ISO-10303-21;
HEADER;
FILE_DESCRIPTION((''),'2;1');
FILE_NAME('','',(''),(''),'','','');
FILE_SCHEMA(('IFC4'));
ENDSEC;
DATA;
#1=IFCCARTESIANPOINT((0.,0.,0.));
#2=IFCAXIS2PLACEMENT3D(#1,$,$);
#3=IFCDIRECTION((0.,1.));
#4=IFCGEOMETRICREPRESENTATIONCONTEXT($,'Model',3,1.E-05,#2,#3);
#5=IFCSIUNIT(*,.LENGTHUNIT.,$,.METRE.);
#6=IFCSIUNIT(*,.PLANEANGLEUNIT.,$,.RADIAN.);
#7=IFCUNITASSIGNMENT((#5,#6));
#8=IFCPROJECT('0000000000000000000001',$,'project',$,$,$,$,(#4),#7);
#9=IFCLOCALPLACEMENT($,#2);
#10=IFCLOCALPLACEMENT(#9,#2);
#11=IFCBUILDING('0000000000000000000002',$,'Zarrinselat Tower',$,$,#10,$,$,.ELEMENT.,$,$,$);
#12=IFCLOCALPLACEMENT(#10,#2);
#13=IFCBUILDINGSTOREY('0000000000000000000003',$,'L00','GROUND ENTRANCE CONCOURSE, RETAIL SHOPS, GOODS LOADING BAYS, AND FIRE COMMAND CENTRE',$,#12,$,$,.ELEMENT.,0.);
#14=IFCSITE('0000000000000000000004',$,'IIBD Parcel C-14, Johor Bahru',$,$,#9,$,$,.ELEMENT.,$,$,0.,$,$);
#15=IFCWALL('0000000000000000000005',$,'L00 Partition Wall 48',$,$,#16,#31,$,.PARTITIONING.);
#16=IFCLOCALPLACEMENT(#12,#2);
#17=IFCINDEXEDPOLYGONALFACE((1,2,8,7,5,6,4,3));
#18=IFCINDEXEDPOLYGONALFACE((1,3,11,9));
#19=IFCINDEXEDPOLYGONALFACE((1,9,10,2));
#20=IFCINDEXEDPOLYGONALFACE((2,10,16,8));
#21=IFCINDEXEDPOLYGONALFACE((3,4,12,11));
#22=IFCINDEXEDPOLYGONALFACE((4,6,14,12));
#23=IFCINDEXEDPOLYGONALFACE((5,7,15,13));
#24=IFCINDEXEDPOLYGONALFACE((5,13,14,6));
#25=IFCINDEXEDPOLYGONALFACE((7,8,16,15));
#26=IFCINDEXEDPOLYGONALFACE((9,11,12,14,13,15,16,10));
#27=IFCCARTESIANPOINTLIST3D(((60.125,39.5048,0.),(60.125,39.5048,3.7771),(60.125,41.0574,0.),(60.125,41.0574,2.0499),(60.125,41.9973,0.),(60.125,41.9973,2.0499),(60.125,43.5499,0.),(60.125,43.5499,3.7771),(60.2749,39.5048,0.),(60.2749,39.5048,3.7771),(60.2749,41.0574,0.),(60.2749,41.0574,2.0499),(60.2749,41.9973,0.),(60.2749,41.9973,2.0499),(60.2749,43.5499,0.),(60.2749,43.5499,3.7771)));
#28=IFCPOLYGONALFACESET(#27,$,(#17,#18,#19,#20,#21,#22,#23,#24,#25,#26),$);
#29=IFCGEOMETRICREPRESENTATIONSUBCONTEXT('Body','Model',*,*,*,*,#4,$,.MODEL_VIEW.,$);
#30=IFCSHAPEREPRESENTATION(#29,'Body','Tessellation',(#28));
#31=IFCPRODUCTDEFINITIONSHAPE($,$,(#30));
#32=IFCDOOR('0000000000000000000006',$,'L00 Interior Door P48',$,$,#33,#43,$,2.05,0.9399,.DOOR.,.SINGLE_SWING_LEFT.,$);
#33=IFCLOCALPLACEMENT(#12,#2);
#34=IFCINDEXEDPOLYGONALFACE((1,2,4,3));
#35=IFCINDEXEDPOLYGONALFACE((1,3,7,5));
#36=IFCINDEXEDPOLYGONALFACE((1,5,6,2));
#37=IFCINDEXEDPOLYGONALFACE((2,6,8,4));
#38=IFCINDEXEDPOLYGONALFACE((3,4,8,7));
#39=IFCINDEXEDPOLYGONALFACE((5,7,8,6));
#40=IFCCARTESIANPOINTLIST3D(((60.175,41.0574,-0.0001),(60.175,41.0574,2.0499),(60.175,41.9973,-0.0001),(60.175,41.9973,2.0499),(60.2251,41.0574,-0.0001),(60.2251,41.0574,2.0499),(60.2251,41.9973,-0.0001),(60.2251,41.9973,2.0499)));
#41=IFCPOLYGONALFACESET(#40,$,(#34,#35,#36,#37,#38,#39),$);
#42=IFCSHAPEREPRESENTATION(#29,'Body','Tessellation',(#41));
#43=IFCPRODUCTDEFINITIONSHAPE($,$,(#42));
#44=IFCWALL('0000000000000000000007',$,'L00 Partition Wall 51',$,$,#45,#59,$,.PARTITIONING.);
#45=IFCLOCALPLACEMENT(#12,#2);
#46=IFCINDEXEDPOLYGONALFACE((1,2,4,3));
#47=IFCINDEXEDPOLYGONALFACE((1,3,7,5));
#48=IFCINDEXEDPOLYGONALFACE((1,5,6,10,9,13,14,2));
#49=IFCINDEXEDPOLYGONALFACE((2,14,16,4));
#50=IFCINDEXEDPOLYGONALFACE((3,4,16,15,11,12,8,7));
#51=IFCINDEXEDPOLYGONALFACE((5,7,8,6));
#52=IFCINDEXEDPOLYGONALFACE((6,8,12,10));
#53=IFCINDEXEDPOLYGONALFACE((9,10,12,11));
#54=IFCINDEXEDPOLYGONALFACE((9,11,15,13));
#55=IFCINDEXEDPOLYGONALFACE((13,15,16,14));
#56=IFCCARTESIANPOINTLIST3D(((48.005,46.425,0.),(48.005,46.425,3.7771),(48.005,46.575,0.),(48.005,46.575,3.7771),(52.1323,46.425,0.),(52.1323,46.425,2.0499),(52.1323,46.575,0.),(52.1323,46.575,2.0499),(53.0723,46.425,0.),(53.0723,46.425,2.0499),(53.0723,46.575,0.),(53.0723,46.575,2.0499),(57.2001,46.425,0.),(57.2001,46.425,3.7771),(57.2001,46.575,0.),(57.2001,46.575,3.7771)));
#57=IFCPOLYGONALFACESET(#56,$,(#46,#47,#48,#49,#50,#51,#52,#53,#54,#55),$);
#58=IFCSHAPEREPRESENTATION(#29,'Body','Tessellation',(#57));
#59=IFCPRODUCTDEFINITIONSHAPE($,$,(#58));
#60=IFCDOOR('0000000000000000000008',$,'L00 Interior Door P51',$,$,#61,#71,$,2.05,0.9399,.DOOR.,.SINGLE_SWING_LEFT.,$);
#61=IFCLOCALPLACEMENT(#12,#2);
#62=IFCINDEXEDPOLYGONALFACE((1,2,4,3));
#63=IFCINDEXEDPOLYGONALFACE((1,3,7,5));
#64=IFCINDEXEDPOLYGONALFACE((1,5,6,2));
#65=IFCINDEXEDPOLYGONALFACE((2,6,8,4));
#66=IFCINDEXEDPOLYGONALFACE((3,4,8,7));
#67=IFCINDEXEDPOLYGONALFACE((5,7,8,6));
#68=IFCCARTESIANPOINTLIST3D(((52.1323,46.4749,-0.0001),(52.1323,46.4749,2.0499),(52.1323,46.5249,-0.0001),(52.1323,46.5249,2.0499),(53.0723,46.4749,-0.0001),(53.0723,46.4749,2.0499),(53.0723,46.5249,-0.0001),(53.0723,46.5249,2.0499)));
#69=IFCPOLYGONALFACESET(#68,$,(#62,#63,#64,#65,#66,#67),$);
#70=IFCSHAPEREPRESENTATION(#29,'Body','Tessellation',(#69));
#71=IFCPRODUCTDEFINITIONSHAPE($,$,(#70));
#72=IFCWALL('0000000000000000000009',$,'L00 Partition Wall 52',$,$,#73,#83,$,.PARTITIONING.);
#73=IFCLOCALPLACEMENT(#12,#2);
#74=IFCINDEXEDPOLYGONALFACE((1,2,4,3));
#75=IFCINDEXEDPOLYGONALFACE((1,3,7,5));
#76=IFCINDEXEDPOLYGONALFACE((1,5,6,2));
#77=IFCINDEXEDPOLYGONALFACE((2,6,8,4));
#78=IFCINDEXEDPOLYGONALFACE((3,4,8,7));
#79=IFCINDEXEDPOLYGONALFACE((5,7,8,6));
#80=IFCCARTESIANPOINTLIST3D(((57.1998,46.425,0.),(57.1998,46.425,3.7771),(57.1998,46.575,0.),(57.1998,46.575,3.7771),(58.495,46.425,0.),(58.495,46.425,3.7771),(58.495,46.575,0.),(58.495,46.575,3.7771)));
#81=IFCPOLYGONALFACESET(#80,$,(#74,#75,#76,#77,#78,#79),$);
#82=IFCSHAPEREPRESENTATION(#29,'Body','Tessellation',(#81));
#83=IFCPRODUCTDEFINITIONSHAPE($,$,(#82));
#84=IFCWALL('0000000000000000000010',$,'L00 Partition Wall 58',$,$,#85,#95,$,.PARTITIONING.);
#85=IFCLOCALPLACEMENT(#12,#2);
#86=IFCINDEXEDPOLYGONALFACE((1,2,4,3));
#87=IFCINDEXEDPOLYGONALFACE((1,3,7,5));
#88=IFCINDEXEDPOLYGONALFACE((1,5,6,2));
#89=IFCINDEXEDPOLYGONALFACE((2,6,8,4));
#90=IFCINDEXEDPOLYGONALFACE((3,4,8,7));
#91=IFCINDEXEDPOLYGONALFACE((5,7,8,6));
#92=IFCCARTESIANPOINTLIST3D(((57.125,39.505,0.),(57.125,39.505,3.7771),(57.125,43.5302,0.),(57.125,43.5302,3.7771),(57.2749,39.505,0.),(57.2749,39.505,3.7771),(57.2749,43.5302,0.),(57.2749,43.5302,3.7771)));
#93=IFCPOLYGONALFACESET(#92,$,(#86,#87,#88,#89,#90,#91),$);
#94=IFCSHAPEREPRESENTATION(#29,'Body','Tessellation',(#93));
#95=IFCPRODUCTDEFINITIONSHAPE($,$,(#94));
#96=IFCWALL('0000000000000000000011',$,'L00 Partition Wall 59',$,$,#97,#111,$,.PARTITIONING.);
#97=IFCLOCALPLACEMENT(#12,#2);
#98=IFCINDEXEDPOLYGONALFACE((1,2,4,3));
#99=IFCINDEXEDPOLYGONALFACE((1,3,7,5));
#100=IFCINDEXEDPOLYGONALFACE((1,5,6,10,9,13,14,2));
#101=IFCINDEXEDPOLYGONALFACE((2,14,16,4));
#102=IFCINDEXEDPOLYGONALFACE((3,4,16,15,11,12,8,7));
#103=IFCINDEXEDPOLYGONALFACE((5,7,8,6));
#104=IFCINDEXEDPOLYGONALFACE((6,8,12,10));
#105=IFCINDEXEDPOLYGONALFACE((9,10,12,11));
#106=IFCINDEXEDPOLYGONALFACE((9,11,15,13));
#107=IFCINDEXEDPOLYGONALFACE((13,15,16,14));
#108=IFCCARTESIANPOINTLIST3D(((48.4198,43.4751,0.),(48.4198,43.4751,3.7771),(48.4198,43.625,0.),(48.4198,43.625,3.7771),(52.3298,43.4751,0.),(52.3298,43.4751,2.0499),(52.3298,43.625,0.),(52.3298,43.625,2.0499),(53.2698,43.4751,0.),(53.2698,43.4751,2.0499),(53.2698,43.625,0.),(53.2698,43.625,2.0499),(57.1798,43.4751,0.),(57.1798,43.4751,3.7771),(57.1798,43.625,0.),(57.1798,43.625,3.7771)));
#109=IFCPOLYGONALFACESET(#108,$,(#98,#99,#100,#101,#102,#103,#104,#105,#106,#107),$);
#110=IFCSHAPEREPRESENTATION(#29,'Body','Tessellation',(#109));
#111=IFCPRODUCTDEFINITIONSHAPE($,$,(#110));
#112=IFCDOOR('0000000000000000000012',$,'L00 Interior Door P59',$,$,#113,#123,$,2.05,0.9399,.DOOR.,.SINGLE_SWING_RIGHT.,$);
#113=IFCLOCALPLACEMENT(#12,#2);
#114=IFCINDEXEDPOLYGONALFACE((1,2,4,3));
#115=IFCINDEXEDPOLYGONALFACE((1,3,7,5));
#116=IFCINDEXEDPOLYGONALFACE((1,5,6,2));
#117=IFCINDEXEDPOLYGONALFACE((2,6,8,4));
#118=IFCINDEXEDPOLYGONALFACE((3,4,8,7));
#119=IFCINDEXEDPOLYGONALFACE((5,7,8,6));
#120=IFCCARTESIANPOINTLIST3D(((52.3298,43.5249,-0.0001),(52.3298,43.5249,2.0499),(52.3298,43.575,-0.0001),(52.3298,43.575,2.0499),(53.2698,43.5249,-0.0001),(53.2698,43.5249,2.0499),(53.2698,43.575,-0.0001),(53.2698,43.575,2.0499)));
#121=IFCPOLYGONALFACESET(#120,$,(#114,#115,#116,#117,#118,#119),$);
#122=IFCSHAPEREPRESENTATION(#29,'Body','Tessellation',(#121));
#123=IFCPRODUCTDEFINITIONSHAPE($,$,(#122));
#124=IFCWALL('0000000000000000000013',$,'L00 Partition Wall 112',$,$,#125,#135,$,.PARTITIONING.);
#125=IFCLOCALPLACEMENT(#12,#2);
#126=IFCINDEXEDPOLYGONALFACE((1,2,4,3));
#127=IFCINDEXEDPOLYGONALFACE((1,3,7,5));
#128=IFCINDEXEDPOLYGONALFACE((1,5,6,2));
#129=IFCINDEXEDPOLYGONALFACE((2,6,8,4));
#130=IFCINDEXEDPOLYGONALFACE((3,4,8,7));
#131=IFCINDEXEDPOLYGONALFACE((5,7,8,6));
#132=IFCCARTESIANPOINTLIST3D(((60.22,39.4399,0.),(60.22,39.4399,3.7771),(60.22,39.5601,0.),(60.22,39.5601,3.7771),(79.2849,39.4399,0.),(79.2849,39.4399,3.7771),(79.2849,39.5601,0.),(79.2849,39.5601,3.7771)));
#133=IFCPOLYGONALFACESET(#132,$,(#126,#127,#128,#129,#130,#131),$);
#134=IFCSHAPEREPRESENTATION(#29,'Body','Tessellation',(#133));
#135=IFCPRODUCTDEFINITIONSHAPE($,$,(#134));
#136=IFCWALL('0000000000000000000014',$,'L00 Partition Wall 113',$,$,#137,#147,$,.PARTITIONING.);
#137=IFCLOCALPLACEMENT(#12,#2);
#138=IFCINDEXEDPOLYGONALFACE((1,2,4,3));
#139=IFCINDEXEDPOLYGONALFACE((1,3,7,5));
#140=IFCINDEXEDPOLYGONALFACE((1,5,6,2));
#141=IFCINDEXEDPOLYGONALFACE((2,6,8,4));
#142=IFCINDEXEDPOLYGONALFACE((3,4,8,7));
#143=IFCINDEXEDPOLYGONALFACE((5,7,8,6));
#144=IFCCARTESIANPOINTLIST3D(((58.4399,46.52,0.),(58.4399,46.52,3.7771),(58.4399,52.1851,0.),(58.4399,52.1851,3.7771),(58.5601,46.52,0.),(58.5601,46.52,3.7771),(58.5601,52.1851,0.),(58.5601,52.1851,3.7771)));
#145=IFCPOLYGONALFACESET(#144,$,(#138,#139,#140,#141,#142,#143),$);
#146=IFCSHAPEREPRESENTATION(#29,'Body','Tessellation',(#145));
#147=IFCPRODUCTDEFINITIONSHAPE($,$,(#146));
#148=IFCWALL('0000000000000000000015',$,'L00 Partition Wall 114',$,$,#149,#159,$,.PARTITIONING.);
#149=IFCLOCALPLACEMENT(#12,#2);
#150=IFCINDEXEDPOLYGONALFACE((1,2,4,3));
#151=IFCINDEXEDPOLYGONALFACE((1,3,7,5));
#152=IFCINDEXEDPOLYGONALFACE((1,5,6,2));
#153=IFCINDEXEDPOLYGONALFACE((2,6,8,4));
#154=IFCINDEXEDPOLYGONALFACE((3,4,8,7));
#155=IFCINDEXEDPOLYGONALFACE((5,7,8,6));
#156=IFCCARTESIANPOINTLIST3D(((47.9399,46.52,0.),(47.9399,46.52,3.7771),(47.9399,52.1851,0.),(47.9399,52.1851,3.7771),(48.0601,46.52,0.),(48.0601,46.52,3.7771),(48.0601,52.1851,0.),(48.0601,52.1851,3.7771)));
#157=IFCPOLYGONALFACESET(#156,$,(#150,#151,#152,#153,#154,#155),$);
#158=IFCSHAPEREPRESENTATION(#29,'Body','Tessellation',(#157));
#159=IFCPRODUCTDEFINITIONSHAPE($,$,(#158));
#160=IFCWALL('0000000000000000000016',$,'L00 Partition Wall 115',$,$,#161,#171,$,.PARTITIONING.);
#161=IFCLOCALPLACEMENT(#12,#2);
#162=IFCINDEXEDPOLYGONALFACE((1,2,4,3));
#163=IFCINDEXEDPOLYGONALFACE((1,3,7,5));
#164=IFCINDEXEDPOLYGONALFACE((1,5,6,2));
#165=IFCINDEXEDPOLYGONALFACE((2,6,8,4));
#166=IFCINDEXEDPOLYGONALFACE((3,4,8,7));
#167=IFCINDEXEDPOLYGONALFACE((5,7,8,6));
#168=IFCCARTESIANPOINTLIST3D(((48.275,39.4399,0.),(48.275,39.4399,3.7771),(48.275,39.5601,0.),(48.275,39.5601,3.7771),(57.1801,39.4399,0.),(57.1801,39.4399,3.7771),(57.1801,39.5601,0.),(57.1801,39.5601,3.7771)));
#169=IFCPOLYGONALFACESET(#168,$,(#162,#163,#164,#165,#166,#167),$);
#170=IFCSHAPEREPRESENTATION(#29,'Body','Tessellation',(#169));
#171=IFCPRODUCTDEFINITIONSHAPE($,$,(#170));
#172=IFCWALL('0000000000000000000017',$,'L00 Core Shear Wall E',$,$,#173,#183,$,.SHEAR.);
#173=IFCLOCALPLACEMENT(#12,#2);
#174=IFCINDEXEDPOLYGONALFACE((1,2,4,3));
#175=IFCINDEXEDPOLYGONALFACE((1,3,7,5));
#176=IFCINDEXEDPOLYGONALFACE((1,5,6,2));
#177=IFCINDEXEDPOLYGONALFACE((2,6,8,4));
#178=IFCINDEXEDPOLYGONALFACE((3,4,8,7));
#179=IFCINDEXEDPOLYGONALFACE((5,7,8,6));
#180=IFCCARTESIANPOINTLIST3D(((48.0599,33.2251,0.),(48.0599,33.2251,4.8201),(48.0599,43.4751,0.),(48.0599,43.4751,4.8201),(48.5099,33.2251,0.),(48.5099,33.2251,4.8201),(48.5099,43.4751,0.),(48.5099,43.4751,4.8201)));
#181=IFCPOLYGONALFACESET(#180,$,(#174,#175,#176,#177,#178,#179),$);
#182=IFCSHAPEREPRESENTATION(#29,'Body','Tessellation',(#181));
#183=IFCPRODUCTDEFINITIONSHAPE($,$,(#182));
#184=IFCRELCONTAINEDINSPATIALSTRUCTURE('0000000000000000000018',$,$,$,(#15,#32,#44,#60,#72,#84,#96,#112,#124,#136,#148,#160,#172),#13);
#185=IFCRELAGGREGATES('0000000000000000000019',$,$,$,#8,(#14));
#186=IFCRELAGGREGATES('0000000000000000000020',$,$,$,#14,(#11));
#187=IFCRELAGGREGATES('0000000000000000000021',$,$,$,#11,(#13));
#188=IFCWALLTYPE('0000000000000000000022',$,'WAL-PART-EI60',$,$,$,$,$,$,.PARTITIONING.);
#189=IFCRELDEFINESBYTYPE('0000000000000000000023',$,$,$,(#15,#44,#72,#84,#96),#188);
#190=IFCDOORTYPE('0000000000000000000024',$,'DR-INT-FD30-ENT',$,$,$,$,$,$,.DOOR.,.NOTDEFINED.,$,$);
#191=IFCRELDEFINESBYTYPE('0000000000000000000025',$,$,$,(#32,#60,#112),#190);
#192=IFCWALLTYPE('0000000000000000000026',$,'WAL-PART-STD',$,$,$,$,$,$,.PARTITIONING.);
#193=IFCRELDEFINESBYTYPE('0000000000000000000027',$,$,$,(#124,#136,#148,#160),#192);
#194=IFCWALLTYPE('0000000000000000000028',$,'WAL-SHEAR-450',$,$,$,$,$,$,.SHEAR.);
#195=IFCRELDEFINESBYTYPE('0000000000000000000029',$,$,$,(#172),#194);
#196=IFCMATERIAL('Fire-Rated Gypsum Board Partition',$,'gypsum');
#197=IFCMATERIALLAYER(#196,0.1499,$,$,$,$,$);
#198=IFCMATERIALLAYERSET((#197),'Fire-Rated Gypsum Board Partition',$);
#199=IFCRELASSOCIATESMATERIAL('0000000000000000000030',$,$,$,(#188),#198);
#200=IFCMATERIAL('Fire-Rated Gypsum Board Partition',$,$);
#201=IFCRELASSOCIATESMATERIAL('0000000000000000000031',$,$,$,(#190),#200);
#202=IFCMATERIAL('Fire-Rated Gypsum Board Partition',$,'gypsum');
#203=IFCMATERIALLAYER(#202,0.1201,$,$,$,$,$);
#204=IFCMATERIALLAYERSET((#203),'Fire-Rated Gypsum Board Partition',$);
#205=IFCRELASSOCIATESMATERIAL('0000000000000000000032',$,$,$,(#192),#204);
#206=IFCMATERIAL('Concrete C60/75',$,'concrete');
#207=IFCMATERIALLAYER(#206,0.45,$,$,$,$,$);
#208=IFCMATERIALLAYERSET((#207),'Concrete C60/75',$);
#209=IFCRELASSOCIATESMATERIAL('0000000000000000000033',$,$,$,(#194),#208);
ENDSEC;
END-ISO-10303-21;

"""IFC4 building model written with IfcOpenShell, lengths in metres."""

from ifc_helpers import new_model, si_unit, direction, frame, frame_2d, origin, place, context, subcontext, project, spatial, rectangle, extrude, material, layer, layer_set, type_object, element, fill, save


model = new_model("IFC4")

# Units and contexts
model_context = context("Model", 3, precision=1e-05, world=origin(), true_north=direction((0.0, 1.0)))
body_context = subcontext(model_context, "Body", "Model", "MODEL_VIEW")
ifc_project = project(units=[si_unit("LENGTHUNIT", "METRE"), si_unit("PLANEANGLEUNIT", "RADIAN")], contexts=[model_context])

# Site, building, storey
site_placement = place(None, origin())
site = spatial("IfcSite", under=ifc_project, at=site_placement, Name="IIBD Parcel C-14, Johor Bahru", CompositionType="ELEMENT", RefElevation=0.0)
building_placement = place(site_placement, origin())
building = spatial("IfcBuilding", under=site, at=building_placement, Name="Zarrinselat Tower", CompositionType="ELEMENT")
storey_placement = place(building_placement, origin())
storey = spatial("IfcBuildingStorey", under=building, at=storey_placement, Name="L00", Description="GROUND ENTRANCE CONCOURSE, RETAIL SHOPS, GOODS LOADING BAYS, AND FIRE COMMAND CENTRE", CompositionType="ELEMENT", Elevation=0.0)

# Shared definitions
ifc_material_1 = material(Name="Fire-Rated Gypsum Board Partition", Category="gypsum")
ifc_layer_1 = layer(ifc_material_1, 0.1499)
ifc_layer_set_1 = layer_set([ifc_layer_1], Name="Fire-Rated Gypsum Board Partition")
wall_type_1 = type_object("IfcWallType", Name="WAL-PART-EI60", PredefinedType="PARTITIONING", material=ifc_layer_set_1)

# Walls, openings, doors
wall_1_placement = place(storey_placement, frame((60.2, 39.5049, 0.0), z_axis=(0.0, 0.0, 1.0), x_axis=(0.0, 1.0, 0.0)))
wall_1 = element("IfcWall", 1, at=wall_1_placement, inside=storey, type_object=wall_type_1, Name="L00 Partition Wall 48", PredefinedType="PARTITIONING", context=body_context, shape_type="SweptSolid", body=[
    extrude(rectangle(XDim=4.0452, YDim=0.1499, at=frame_2d((2.0225, 0.0))), origin(), (0.0, 0.0, 1.0), 3.7771),
])
opening_1_placement = place(wall_1_placement, frame((1.5525, 0.0, 0.0)))
opening_1 = element("IfcOpeningElement", 2, at=opening_1_placement, cuts=wall_1, PredefinedType="OPENING", context=body_context, shape_type="SweptSolid", body=[
    extrude(rectangle(XDim=0.9399, YDim=2.05, at=frame_2d((0.47, 1.0249))), frame((0.0, 0.085, 0.0), z_axis=(0.0, -1.0, 0.0), x_axis=(1.0, 0.0, 0.0)), (0.0, 0.0, 1.0), 0.1699),
])
ifc_material_2 = material(Name="Fire-Rated Gypsum Board Partition")
door_type = type_object("IfcDoorType", Name="DR-INT-FD30-ENT", OperationType="NOTDEFINED", PredefinedType="DOOR", material=ifc_material_2)
door_1_placement = place(opening_1_placement, origin())
door_1 = element("IfcDoor", 3, at=door_1_placement, inside=storey, type_object=door_type, Name="L00 Interior Door P48", OperationType="SINGLE_SWING_LEFT", OverallHeight=2.05, OverallWidth=0.9399, PredefinedType="DOOR", context=body_context, shape_type="SweptSolid", body=[
    extrude(rectangle(XDim=0.9399, YDim=2.05, at=frame_2d((0.47, 1.0249))), frame((0.0, 0.0249, 0.0), z_axis=(0.0, -1.0, 0.0), x_axis=(1.0, 0.0, 0.0)), (0.0, 0.0, 1.0), 0.05),
])
fill(opening_1, door_1)
wall_2_placement = place(storey_placement, frame((48.0049, 46.5, 0.0), z_axis=(0.0, 0.0, 1.0), x_axis=(1.0, 0.0, 0.0)))
wall_2 = element("IfcWall", 4, at=wall_2_placement, inside=storey, type_object=wall_type_1, Name="L00 Partition Wall 51", PredefinedType="PARTITIONING", context=body_context, shape_type="SweptSolid", body=[
    extrude(rectangle(XDim=9.1951, YDim=0.1499, at=frame_2d((4.5977, 0.0))), origin(), (0.0, 0.0, 1.0), 3.7771),
])
opening_2_placement = place(wall_2_placement, frame((4.1274, 0.0, 0.0)))
opening_2 = element("IfcOpeningElement", 5, at=opening_2_placement, cuts=wall_2, PredefinedType="OPENING", context=body_context, shape_type="SweptSolid", body=[
    extrude(rectangle(XDim=0.9399, YDim=2.05, at=frame_2d((0.47, 1.0249))), frame((0.0, 0.085, 0.0), z_axis=(0.0, -1.0, 0.0), x_axis=(1.0, 0.0, 0.0)), (0.0, 0.0, 1.0), 0.1699),
])
door_2_placement = place(opening_2_placement, origin())
door_2 = element("IfcDoor", 6, at=door_2_placement, inside=storey, type_object=door_type, Name="L00 Interior Door P51", OperationType="SINGLE_SWING_LEFT", OverallHeight=2.05, OverallWidth=0.9399, PredefinedType="DOOR", context=body_context, shape_type="SweptSolid", body=[
    extrude(rectangle(XDim=0.9399, YDim=2.05, at=frame_2d((0.47, 1.0249))), frame((0.0, 0.0249, 0.0), z_axis=(0.0, -1.0, 0.0), x_axis=(1.0, 0.0, 0.0)), (0.0, 0.0, 1.0), 0.05),
])
fill(opening_2, door_2)

# Walls
wall_3_placement = place(storey_placement, frame((57.2, 46.5, 0.0), z_axis=(0.0, 0.0, 1.0), x_axis=(1.0, 0.0, 0.0)))
element("IfcWall", 7, at=wall_3_placement, inside=storey, type_object=wall_type_1, Name="L00 Partition Wall 52", PredefinedType="PARTITIONING", context=body_context, shape_type="SweptSolid", body=[
    extrude(rectangle(XDim=1.2952, YDim=0.1499, at=frame_2d((0.6475, 0.0))), origin(), (0.0, 0.0, 1.0), 3.7771),
])
wall_4_placement = place(storey_placement, frame((57.2, 39.5049, 0.0), z_axis=(0.0, 0.0, 1.0), x_axis=(0.0, 1.0, 0.0)))
element("IfcWall", 8, at=wall_4_placement, inside=storey, type_object=wall_type_1, Name="L00 Partition Wall 58", PredefinedType="PARTITIONING", context=body_context, shape_type="SweptSolid", body=[
    extrude(rectangle(XDim=4.0251, YDim=0.1499, at=frame_2d((2.0127, 0.0))), origin(), (0.0, 0.0, 1.0), 3.7771),
])

# Wall, opening, door
wall_5_placement = place(storey_placement, frame((48.4199, 43.55, 0.0), z_axis=(0.0, 0.0, 1.0), x_axis=(1.0, 0.0, 0.0)))
wall_5 = element("IfcWall", 9, at=wall_5_placement, inside=storey, type_object=wall_type_1, Name="L00 Partition Wall 59", PredefinedType="PARTITIONING", context=body_context, shape_type="SweptSolid", body=[
    extrude(rectangle(XDim=8.76, YDim=0.1499, at=frame_2d((4.3799, 0.0))), origin(), (0.0, 0.0, 1.0), 3.7771),
])
opening_3_placement = place(wall_5_placement, frame((3.9099, 0.0, 0.0)))
opening_3 = element("IfcOpeningElement", 10, at=opening_3_placement, cuts=wall_5, PredefinedType="OPENING", context=body_context, shape_type="SweptSolid", body=[
    extrude(rectangle(XDim=0.9399, YDim=2.05, at=frame_2d((0.47, 1.0249))), frame((0.0, 0.085, 0.0), z_axis=(0.0, -1.0, 0.0), x_axis=(1.0, 0.0, 0.0)), (0.0, 0.0, 1.0), 0.1699),
])
door_3_placement = place(opening_3_placement, origin())
door_3 = element("IfcDoor", 11, at=door_3_placement, inside=storey, type_object=door_type, Name="L00 Interior Door P59", OperationType="SINGLE_SWING_RIGHT", OverallHeight=2.05, OverallWidth=0.9399, PredefinedType="DOOR", context=body_context, shape_type="SweptSolid", body=[
    extrude(rectangle(XDim=0.9399, YDim=2.05, at=frame_2d((0.47, 1.0249))), frame((0.0, 0.0249, 0.0), z_axis=(0.0, -1.0, 0.0), x_axis=(1.0, 0.0, 0.0)), (0.0, 0.0, 1.0), 0.05),
])
fill(opening_3, door_3)

# Walls
ifc_material_3 = material(Name="Fire-Rated Gypsum Board Partition", Category="gypsum")
ifc_layer_2 = layer(ifc_material_3, 0.1201)
ifc_layer_set_2 = layer_set([ifc_layer_2], Name="Fire-Rated Gypsum Board Partition")
wall_type_2 = type_object("IfcWallType", Name="WAL-PART-STD", PredefinedType="PARTITIONING", material=ifc_layer_set_2)
wall_6_placement = place(storey_placement, frame((60.22, 39.5, 0.0), z_axis=(0.0, 0.0, 1.0), x_axis=(1.0, 0.0, 0.0)))
element("IfcWall", 12, at=wall_6_placement, inside=storey, type_object=wall_type_2, Name="L00 Partition Wall 112", PredefinedType="PARTITIONING", context=body_context, shape_type="SweptSolid", body=[
    extrude(rectangle(XDim=19.0649, YDim=0.1201, at=frame_2d((9.5325, 0.0))), origin(), (0.0, 0.0, 1.0), 3.7771),
])
for number, where, z_axis, x_axis, name in (
    (13, (58.5, 46.52, 0.0), (0.0, 0.0, 1.0), (0.0, 1.0, 0.0), "L00 Partition Wall 113"),
    (14, (48.0, 46.52, 0.0), (0.0, 0.0, 1.0), (0.0, 1.0, 0.0), "L00 Partition Wall 114"),
):
    element("IfcWall", number, at=place(storey_placement, frame(where, z_axis=z_axis, x_axis=x_axis)), inside=storey, type_object=wall_type_2, Name=name, PredefinedType="PARTITIONING", context=body_context, shape_type="SweptSolid", body=[
        extrude(rectangle(XDim=5.665, YDim=0.1201, at=frame_2d((2.8325, 0.0))), origin(), (0.0, 0.0, 1.0), 3.7771),
    ])
wall_7_placement = place(storey_placement, frame((48.2749, 39.5, 0.0), z_axis=(0.0, 0.0, 1.0), x_axis=(1.0, 0.0, 0.0)))
element("IfcWall", 15, at=wall_7_placement, inside=storey, type_object=wall_type_2, Name="L00 Partition Wall 115", PredefinedType="PARTITIONING", context=body_context, shape_type="SweptSolid", body=[
    extrude(rectangle(XDim=8.905, YDim=0.1201, at=frame_2d((4.4526, 0.0))), origin(), (0.0, 0.0, 1.0), 3.7771),
])
ifc_material_4 = material(Name="Concrete C60/75", Category="concrete")
ifc_layer_3 = layer(ifc_material_4, 0.45)
ifc_layer_set_3 = layer_set([ifc_layer_3], Name="Concrete C60/75")
wall_type_3 = type_object("IfcWallType", Name="WAL-SHEAR-450", PredefinedType="SHEAR", material=ifc_layer_set_3)
wall_8_placement = place(storey_placement, frame((48.2849, 33.2251, 0.0), z_axis=(0.0, 0.0, 1.0), x_axis=(0.0, 1.0, 0.0)))
element("IfcWall", 16, at=wall_8_placement, inside=storey, type_object=wall_type_3, Name="L00 Core Shear Wall E", PredefinedType="SHEAR", context=body_context, shape_type="SweptSolid", body=[
    extrude(rectangle(XDim=10.25, YDim=0.45, at=frame_2d((5.125, 0.0))), origin(), (0.0, 0.0, 1.0), 4.8201),
])

save(model, "model.ifc")
